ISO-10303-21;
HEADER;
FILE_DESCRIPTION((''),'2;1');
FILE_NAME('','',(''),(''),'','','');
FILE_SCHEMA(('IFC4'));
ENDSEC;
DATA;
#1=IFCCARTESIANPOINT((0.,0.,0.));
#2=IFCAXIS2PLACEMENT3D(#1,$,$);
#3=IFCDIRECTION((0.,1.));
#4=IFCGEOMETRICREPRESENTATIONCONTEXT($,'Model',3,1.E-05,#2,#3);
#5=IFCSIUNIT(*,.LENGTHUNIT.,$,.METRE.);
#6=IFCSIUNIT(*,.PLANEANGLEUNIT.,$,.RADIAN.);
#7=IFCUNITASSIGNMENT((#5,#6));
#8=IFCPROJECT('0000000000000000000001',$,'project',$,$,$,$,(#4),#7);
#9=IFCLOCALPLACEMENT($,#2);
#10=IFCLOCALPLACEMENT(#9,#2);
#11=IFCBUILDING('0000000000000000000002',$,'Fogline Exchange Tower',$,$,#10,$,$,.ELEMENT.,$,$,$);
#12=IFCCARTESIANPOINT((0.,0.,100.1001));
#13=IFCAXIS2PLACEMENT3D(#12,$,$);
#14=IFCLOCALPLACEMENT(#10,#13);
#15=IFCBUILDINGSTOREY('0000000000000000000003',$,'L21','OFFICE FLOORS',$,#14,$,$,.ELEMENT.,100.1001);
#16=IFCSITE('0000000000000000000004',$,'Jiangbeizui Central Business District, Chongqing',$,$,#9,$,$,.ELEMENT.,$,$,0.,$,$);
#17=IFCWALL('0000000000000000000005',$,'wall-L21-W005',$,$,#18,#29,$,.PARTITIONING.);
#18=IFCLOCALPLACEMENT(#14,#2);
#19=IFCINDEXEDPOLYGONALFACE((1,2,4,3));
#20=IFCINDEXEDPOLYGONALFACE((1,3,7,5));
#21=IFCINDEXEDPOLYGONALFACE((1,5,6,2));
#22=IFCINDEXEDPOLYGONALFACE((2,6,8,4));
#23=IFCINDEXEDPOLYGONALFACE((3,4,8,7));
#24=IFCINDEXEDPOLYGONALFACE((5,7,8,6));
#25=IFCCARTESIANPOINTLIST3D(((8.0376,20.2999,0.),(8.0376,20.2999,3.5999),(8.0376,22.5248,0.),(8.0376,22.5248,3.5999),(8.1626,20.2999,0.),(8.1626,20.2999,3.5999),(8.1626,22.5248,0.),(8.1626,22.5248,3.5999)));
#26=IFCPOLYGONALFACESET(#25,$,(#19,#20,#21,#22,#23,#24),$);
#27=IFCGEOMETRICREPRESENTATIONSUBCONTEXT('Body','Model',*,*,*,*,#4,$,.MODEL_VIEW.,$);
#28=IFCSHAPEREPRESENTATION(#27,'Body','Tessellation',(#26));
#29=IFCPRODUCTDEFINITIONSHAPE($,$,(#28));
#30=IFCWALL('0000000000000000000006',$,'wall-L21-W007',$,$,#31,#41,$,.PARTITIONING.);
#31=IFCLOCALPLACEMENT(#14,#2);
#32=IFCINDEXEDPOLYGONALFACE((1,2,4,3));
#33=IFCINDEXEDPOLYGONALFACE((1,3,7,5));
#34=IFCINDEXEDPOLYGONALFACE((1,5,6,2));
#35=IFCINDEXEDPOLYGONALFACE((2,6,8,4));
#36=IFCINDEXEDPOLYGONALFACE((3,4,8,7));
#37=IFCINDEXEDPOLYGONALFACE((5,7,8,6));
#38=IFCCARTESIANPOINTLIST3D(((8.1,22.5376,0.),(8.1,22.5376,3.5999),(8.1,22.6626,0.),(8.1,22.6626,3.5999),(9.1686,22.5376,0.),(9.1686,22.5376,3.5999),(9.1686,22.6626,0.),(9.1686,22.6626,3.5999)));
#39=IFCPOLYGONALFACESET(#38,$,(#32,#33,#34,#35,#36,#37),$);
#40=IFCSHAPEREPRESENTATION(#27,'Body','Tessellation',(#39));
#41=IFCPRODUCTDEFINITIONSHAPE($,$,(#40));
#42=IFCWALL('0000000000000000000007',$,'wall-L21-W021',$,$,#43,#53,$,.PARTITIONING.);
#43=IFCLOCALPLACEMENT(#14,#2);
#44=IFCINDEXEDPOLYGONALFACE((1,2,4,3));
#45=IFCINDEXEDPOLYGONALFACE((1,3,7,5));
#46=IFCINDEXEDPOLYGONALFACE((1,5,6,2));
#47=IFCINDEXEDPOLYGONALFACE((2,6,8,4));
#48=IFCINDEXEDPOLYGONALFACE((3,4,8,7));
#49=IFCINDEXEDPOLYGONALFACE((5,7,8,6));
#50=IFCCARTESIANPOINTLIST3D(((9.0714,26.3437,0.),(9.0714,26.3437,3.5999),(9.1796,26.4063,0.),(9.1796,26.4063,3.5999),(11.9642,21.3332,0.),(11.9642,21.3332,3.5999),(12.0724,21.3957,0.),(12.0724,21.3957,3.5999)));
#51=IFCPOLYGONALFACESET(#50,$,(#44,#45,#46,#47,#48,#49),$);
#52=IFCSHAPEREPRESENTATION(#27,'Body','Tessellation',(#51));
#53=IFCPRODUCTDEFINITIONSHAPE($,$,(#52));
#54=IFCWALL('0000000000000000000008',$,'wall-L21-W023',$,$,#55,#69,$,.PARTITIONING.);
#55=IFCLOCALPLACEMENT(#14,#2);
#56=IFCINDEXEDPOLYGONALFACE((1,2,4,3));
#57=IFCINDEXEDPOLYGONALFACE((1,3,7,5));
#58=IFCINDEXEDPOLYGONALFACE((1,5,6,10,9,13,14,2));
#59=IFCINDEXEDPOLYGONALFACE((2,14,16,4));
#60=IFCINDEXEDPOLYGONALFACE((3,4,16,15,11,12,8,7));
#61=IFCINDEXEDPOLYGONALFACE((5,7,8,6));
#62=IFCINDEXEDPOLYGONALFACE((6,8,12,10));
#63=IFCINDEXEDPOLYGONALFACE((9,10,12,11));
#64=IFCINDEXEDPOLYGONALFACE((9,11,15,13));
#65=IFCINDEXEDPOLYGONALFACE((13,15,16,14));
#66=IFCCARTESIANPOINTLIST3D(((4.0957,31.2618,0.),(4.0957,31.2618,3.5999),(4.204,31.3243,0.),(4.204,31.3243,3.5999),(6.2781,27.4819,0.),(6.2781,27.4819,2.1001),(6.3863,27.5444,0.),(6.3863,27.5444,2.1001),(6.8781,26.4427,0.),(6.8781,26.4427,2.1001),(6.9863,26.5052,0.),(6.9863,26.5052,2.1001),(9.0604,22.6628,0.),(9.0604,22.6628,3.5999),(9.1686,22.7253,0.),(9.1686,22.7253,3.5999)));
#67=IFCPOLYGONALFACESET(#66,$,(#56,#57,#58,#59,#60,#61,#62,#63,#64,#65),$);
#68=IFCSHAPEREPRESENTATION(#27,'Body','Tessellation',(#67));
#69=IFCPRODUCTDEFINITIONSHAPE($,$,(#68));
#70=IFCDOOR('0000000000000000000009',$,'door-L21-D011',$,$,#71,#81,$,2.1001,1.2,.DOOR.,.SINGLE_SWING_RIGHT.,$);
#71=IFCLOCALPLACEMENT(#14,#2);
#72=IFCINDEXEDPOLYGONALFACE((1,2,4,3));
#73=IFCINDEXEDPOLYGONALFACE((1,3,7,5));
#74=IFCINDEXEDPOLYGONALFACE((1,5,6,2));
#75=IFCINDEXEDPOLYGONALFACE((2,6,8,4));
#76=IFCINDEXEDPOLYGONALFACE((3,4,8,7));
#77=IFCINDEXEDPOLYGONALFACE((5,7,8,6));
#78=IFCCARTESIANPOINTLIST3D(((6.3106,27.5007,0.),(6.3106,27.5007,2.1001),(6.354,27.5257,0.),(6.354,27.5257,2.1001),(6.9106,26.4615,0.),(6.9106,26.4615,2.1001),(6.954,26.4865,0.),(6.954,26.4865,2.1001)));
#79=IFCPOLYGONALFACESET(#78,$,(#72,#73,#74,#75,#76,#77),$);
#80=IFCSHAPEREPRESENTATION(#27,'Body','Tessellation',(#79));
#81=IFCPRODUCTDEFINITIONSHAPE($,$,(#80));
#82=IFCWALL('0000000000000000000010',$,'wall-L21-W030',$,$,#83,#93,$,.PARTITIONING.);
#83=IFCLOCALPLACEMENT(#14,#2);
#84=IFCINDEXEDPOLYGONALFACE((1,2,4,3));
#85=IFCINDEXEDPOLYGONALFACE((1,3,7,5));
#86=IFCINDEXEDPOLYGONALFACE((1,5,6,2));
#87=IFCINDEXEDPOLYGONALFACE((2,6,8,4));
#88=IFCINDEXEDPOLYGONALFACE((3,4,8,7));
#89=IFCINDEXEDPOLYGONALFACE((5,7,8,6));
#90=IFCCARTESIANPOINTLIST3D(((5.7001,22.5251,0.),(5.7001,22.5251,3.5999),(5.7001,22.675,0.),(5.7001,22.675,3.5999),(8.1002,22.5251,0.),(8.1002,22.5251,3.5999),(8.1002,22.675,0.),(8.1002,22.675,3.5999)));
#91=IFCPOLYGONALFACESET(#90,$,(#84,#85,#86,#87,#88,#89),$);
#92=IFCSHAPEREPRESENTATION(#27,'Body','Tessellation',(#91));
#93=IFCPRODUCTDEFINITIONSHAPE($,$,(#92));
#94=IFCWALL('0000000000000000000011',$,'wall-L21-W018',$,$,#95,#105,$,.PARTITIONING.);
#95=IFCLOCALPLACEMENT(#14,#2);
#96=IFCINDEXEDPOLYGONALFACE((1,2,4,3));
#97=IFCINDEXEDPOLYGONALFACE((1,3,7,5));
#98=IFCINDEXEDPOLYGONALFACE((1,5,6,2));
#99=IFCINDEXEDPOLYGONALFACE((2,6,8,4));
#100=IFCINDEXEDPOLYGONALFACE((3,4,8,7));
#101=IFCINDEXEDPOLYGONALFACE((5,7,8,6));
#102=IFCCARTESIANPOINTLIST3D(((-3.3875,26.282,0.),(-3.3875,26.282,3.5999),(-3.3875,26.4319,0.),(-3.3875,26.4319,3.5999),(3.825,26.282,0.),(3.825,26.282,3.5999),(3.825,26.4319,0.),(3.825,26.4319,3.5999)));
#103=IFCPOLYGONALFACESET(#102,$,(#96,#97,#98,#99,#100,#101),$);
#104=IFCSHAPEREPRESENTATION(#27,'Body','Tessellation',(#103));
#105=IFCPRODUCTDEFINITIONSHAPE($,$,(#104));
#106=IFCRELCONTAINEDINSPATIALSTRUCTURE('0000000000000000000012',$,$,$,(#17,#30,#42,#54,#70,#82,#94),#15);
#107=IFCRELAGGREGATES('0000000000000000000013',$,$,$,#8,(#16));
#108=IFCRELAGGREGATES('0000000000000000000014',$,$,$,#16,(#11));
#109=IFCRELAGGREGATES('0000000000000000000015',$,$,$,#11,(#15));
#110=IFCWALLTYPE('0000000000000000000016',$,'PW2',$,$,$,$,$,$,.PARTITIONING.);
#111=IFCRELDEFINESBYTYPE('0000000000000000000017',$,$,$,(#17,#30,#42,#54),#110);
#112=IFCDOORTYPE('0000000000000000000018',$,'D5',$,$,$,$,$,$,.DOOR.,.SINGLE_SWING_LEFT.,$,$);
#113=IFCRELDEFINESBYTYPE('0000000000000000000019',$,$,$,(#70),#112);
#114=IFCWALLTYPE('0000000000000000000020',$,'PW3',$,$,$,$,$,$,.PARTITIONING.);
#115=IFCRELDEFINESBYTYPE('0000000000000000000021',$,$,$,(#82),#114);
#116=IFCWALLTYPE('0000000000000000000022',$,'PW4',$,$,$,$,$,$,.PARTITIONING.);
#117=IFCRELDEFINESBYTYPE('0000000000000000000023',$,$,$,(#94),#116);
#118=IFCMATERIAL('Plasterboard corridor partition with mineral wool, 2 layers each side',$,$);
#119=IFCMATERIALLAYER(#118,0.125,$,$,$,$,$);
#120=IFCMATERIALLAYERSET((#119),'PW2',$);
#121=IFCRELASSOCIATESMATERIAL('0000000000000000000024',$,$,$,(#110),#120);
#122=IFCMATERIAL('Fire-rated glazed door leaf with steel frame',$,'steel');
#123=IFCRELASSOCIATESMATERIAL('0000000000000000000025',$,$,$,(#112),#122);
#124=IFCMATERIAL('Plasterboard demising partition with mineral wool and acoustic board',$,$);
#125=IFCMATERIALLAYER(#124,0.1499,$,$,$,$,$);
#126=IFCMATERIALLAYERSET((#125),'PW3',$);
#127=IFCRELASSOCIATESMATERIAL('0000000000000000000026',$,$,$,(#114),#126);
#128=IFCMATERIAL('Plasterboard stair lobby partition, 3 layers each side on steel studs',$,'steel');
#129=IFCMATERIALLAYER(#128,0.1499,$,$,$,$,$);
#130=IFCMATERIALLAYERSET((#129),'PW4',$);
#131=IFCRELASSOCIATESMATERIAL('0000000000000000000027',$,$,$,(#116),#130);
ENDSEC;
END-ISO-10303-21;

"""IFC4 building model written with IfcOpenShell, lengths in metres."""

from ifc_helpers import new_model, si_unit, direction, frame, frame_2d, origin, place, context, subcontext, project, spatial, rectangle, extrude, material, layer, layer_set, type_object, element, fill, save


model = new_model("IFC4")

# Units and contexts
model_context = context("Model", 3, precision=1e-05, world=origin(), true_north=direction((0.0, 1.0)))
body_context = subcontext(model_context, "Body", "Model", "MODEL_VIEW")
ifc_project = project(units=[si_unit("LENGTHUNIT", "METRE"), si_unit("PLANEANGLEUNIT", "RADIAN")], contexts=[model_context])

# Site, building, storey
site_placement = place(None, origin())
site = spatial("IfcSite", under=ifc_project, at=site_placement, Name="Jiangbeizui Central Business District, Chongqing", CompositionType="ELEMENT", RefElevation=0.0)
building_placement = place(site_placement, origin())
building = spatial("IfcBuilding", under=site, at=building_placement, Name="Fogline Exchange Tower", CompositionType="ELEMENT")
storey_placement = place(building_placement, frame((0.0, 0.0, 100.1001)))
storey = spatial("IfcBuildingStorey", under=building, at=storey_placement, Name="L21", Description="OFFICE FLOORS", CompositionType="ELEMENT", Elevation=100.1001)

# Shared definitions
ifc_material_1 = material(Name="Plasterboard corridor partition with mineral wool, 2 layers each side")
ifc_layer_1 = layer(ifc_material_1, 0.125)
ifc_layer_set_1 = layer_set([ifc_layer_1], Name="PW2")
wall_type_1 = type_object("IfcWallType", Name="PW2", PredefinedType="PARTITIONING", material=ifc_layer_set_1)

# Walls
wall_1_placement = place(storey_placement, frame((8.1001, 20.3, 0.0), z_axis=(0.0, 0.0, 1.0), x_axis=(0.0, 1.0, 0.0)))
element("IfcWall", 1, at=wall_1_placement, inside=storey, type_object=wall_type_1, Name="wall-L21-W005", PredefinedType="PARTITIONING", context=body_context, shape_type="SweptSolid", body=[
    extrude(rectangle(XDim=2.2249, YDim=0.125, at=frame_2d((1.1123, 0.0))), origin(), (0.0, 0.0, 1.0), 3.5999),
])
wall_2_placement = place(storey_placement, frame((8.1001, 22.6001, 0.0), z_axis=(0.0, 0.0, 1.0), x_axis=(1.0, 0.0, 0.0)))
element("IfcWall", 2, at=wall_2_placement, inside=storey, type_object=wall_type_1, Name="wall-L21-W007", PredefinedType="PARTITIONING", context=body_context, shape_type="SweptSolid", body=[
    extrude(rectangle(XDim=1.0686, YDim=0.125, at=frame_2d((0.5342, 0.0))), origin(), (0.0, 0.0, 1.0), 3.5999),
])
wall_3_placement = place(storey_placement, frame((9.1255, 26.375, 0.0), z_axis=(0.0, 0.0, 1.0), x_axis=(0.500001, -0.866025, 0.0)))
element("IfcWall", 3, at=wall_3_placement, inside=storey, type_object=wall_type_1, Name="wall-L21-W021", PredefinedType="PARTITIONING", context=body_context, shape_type="SweptSolid", body=[
    extrude(rectangle(XDim=5.7856, YDim=0.125, at=frame_2d((2.8928, 0.0))), origin(), (0.0, 0.0, 1.0), 3.5999),
])

# Wall, opening, door
wall_4_placement = place(storey_placement, frame((9.1145, 22.6941, 0.0), z_axis=(0.0, 0.0, 1.0), x_axis=(-0.500003, 0.866024, 0.0)))
wall_4 = element("IfcWall", 4, at=wall_4_placement, inside=storey, type_object=wall_type_1, Name="wall-L21-W023", PredefinedType="PARTITIONING", context=body_context, shape_type="SweptSolid", body=[
    extrude(rectangle(XDim=9.9292, YDim=0.125, at=frame_2d((4.9646, 0.0))), origin(), (0.0, 0.0, 1.0), 3.5999),
])
opening_1_placement = place(wall_4_placement, frame((4.3645, 0.0, 0.0)))
opening_1 = element("IfcOpeningElement", 5, at=opening_1_placement, cuts=wall_4, PredefinedType="OPENING", context=body_context, shape_type="SweptSolid", body=[
    extrude(rectangle(XDim=1.2, YDim=2.1001, at=frame_2d((0.6001, 1.05))), frame((0.0, 0.0725, 0.0), z_axis=(0.0, -1.0, 0.0), x_axis=(1.0, 0.0, 0.0)), (0.0, 0.0, 1.0), 0.145),
])
ifc_material_2 = material(Name="Fire-rated glazed door leaf with steel frame", Category="steel")
door_type_1 = type_object("IfcDoorType", Name="D5", OperationType="SINGLE_SWING_LEFT", PredefinedType="DOOR", material=ifc_material_2)
door_1_placement = place(opening_1_placement, origin())
door_1 = element("IfcDoor", 6, at=door_1_placement, inside=storey, type_object=door_type_1, Name="door-L21-D011", OperationType="SINGLE_SWING_RIGHT", OverallHeight=2.1001, OverallWidth=1.2, PredefinedType="DOOR", context=body_context, shape_type="SweptSolid", body=[
    extrude(rectangle(XDim=1.2, YDim=2.1001, at=frame_2d((0.6001, 1.05))), frame((0.0, 0.0249, 0.0), z_axis=(0.0, -1.0, 0.0), x_axis=(1.0, 0.0, 0.0)), (0.0, 0.0, 1.0), 0.05),
])
fill(opening_1, door_1)

# Walls
ifc_material_3 = material(Name="Plasterboard demising partition with mineral wool and acoustic board")
ifc_layer_2 = layer(ifc_material_3, 0.1499)
ifc_layer_set_2 = layer_set([ifc_layer_2], Name="PW3")
wall_type_2 = type_object("IfcWallType", Name="PW3", PredefinedType="PARTITIONING", material=ifc_layer_set_2)
wall_5_placement = place(storey_placement, frame((5.7, 22.6001, 0.0), z_axis=(0.0, 0.0, 1.0), x_axis=(1.0, 0.0, 0.0)))
element("IfcWall", 7, at=wall_5_placement, inside=storey, type_object=wall_type_2, Name="wall-L21-W030", PredefinedType="PARTITIONING", context=body_context, shape_type="SweptSolid", body=[
    extrude(rectangle(XDim=2.4001, YDim=0.1499, at=frame_2d((1.2002, 0.0))), origin(), (0.0, 0.0, 1.0), 3.5999),
])
ifc_material_4 = material(Name="Plasterboard stair lobby partition, 3 layers each side on steel studs", Category="steel")
ifc_layer_3 = layer(ifc_material_4, 0.1499)
ifc_layer_set_3 = layer_set([ifc_layer_3], Name="PW4")
wall_type_3 = type_object("IfcWallType", Name="PW4", PredefinedType="PARTITIONING", material=ifc_layer_set_3)
wall_6_placement = place(storey_placement, frame((3.825, 26.3569, 0.0), z_axis=(0.0, 0.0, 1.0), x_axis=(-1.0, 0.0, 0.0)))
element("IfcWall", 8, at=wall_6_placement, inside=storey, type_object=wall_type_3, Name="wall-L21-W018", PredefinedType="PARTITIONING", context=body_context, shape_type="SweptSolid", body=[
    extrude(rectangle(XDim=7.2124, YDim=0.1499, at=frame_2d((3.6062, 0.0))), origin(), (0.0, 0.0, 1.0), 3.5999),
])

save(model, "model.ifc")
